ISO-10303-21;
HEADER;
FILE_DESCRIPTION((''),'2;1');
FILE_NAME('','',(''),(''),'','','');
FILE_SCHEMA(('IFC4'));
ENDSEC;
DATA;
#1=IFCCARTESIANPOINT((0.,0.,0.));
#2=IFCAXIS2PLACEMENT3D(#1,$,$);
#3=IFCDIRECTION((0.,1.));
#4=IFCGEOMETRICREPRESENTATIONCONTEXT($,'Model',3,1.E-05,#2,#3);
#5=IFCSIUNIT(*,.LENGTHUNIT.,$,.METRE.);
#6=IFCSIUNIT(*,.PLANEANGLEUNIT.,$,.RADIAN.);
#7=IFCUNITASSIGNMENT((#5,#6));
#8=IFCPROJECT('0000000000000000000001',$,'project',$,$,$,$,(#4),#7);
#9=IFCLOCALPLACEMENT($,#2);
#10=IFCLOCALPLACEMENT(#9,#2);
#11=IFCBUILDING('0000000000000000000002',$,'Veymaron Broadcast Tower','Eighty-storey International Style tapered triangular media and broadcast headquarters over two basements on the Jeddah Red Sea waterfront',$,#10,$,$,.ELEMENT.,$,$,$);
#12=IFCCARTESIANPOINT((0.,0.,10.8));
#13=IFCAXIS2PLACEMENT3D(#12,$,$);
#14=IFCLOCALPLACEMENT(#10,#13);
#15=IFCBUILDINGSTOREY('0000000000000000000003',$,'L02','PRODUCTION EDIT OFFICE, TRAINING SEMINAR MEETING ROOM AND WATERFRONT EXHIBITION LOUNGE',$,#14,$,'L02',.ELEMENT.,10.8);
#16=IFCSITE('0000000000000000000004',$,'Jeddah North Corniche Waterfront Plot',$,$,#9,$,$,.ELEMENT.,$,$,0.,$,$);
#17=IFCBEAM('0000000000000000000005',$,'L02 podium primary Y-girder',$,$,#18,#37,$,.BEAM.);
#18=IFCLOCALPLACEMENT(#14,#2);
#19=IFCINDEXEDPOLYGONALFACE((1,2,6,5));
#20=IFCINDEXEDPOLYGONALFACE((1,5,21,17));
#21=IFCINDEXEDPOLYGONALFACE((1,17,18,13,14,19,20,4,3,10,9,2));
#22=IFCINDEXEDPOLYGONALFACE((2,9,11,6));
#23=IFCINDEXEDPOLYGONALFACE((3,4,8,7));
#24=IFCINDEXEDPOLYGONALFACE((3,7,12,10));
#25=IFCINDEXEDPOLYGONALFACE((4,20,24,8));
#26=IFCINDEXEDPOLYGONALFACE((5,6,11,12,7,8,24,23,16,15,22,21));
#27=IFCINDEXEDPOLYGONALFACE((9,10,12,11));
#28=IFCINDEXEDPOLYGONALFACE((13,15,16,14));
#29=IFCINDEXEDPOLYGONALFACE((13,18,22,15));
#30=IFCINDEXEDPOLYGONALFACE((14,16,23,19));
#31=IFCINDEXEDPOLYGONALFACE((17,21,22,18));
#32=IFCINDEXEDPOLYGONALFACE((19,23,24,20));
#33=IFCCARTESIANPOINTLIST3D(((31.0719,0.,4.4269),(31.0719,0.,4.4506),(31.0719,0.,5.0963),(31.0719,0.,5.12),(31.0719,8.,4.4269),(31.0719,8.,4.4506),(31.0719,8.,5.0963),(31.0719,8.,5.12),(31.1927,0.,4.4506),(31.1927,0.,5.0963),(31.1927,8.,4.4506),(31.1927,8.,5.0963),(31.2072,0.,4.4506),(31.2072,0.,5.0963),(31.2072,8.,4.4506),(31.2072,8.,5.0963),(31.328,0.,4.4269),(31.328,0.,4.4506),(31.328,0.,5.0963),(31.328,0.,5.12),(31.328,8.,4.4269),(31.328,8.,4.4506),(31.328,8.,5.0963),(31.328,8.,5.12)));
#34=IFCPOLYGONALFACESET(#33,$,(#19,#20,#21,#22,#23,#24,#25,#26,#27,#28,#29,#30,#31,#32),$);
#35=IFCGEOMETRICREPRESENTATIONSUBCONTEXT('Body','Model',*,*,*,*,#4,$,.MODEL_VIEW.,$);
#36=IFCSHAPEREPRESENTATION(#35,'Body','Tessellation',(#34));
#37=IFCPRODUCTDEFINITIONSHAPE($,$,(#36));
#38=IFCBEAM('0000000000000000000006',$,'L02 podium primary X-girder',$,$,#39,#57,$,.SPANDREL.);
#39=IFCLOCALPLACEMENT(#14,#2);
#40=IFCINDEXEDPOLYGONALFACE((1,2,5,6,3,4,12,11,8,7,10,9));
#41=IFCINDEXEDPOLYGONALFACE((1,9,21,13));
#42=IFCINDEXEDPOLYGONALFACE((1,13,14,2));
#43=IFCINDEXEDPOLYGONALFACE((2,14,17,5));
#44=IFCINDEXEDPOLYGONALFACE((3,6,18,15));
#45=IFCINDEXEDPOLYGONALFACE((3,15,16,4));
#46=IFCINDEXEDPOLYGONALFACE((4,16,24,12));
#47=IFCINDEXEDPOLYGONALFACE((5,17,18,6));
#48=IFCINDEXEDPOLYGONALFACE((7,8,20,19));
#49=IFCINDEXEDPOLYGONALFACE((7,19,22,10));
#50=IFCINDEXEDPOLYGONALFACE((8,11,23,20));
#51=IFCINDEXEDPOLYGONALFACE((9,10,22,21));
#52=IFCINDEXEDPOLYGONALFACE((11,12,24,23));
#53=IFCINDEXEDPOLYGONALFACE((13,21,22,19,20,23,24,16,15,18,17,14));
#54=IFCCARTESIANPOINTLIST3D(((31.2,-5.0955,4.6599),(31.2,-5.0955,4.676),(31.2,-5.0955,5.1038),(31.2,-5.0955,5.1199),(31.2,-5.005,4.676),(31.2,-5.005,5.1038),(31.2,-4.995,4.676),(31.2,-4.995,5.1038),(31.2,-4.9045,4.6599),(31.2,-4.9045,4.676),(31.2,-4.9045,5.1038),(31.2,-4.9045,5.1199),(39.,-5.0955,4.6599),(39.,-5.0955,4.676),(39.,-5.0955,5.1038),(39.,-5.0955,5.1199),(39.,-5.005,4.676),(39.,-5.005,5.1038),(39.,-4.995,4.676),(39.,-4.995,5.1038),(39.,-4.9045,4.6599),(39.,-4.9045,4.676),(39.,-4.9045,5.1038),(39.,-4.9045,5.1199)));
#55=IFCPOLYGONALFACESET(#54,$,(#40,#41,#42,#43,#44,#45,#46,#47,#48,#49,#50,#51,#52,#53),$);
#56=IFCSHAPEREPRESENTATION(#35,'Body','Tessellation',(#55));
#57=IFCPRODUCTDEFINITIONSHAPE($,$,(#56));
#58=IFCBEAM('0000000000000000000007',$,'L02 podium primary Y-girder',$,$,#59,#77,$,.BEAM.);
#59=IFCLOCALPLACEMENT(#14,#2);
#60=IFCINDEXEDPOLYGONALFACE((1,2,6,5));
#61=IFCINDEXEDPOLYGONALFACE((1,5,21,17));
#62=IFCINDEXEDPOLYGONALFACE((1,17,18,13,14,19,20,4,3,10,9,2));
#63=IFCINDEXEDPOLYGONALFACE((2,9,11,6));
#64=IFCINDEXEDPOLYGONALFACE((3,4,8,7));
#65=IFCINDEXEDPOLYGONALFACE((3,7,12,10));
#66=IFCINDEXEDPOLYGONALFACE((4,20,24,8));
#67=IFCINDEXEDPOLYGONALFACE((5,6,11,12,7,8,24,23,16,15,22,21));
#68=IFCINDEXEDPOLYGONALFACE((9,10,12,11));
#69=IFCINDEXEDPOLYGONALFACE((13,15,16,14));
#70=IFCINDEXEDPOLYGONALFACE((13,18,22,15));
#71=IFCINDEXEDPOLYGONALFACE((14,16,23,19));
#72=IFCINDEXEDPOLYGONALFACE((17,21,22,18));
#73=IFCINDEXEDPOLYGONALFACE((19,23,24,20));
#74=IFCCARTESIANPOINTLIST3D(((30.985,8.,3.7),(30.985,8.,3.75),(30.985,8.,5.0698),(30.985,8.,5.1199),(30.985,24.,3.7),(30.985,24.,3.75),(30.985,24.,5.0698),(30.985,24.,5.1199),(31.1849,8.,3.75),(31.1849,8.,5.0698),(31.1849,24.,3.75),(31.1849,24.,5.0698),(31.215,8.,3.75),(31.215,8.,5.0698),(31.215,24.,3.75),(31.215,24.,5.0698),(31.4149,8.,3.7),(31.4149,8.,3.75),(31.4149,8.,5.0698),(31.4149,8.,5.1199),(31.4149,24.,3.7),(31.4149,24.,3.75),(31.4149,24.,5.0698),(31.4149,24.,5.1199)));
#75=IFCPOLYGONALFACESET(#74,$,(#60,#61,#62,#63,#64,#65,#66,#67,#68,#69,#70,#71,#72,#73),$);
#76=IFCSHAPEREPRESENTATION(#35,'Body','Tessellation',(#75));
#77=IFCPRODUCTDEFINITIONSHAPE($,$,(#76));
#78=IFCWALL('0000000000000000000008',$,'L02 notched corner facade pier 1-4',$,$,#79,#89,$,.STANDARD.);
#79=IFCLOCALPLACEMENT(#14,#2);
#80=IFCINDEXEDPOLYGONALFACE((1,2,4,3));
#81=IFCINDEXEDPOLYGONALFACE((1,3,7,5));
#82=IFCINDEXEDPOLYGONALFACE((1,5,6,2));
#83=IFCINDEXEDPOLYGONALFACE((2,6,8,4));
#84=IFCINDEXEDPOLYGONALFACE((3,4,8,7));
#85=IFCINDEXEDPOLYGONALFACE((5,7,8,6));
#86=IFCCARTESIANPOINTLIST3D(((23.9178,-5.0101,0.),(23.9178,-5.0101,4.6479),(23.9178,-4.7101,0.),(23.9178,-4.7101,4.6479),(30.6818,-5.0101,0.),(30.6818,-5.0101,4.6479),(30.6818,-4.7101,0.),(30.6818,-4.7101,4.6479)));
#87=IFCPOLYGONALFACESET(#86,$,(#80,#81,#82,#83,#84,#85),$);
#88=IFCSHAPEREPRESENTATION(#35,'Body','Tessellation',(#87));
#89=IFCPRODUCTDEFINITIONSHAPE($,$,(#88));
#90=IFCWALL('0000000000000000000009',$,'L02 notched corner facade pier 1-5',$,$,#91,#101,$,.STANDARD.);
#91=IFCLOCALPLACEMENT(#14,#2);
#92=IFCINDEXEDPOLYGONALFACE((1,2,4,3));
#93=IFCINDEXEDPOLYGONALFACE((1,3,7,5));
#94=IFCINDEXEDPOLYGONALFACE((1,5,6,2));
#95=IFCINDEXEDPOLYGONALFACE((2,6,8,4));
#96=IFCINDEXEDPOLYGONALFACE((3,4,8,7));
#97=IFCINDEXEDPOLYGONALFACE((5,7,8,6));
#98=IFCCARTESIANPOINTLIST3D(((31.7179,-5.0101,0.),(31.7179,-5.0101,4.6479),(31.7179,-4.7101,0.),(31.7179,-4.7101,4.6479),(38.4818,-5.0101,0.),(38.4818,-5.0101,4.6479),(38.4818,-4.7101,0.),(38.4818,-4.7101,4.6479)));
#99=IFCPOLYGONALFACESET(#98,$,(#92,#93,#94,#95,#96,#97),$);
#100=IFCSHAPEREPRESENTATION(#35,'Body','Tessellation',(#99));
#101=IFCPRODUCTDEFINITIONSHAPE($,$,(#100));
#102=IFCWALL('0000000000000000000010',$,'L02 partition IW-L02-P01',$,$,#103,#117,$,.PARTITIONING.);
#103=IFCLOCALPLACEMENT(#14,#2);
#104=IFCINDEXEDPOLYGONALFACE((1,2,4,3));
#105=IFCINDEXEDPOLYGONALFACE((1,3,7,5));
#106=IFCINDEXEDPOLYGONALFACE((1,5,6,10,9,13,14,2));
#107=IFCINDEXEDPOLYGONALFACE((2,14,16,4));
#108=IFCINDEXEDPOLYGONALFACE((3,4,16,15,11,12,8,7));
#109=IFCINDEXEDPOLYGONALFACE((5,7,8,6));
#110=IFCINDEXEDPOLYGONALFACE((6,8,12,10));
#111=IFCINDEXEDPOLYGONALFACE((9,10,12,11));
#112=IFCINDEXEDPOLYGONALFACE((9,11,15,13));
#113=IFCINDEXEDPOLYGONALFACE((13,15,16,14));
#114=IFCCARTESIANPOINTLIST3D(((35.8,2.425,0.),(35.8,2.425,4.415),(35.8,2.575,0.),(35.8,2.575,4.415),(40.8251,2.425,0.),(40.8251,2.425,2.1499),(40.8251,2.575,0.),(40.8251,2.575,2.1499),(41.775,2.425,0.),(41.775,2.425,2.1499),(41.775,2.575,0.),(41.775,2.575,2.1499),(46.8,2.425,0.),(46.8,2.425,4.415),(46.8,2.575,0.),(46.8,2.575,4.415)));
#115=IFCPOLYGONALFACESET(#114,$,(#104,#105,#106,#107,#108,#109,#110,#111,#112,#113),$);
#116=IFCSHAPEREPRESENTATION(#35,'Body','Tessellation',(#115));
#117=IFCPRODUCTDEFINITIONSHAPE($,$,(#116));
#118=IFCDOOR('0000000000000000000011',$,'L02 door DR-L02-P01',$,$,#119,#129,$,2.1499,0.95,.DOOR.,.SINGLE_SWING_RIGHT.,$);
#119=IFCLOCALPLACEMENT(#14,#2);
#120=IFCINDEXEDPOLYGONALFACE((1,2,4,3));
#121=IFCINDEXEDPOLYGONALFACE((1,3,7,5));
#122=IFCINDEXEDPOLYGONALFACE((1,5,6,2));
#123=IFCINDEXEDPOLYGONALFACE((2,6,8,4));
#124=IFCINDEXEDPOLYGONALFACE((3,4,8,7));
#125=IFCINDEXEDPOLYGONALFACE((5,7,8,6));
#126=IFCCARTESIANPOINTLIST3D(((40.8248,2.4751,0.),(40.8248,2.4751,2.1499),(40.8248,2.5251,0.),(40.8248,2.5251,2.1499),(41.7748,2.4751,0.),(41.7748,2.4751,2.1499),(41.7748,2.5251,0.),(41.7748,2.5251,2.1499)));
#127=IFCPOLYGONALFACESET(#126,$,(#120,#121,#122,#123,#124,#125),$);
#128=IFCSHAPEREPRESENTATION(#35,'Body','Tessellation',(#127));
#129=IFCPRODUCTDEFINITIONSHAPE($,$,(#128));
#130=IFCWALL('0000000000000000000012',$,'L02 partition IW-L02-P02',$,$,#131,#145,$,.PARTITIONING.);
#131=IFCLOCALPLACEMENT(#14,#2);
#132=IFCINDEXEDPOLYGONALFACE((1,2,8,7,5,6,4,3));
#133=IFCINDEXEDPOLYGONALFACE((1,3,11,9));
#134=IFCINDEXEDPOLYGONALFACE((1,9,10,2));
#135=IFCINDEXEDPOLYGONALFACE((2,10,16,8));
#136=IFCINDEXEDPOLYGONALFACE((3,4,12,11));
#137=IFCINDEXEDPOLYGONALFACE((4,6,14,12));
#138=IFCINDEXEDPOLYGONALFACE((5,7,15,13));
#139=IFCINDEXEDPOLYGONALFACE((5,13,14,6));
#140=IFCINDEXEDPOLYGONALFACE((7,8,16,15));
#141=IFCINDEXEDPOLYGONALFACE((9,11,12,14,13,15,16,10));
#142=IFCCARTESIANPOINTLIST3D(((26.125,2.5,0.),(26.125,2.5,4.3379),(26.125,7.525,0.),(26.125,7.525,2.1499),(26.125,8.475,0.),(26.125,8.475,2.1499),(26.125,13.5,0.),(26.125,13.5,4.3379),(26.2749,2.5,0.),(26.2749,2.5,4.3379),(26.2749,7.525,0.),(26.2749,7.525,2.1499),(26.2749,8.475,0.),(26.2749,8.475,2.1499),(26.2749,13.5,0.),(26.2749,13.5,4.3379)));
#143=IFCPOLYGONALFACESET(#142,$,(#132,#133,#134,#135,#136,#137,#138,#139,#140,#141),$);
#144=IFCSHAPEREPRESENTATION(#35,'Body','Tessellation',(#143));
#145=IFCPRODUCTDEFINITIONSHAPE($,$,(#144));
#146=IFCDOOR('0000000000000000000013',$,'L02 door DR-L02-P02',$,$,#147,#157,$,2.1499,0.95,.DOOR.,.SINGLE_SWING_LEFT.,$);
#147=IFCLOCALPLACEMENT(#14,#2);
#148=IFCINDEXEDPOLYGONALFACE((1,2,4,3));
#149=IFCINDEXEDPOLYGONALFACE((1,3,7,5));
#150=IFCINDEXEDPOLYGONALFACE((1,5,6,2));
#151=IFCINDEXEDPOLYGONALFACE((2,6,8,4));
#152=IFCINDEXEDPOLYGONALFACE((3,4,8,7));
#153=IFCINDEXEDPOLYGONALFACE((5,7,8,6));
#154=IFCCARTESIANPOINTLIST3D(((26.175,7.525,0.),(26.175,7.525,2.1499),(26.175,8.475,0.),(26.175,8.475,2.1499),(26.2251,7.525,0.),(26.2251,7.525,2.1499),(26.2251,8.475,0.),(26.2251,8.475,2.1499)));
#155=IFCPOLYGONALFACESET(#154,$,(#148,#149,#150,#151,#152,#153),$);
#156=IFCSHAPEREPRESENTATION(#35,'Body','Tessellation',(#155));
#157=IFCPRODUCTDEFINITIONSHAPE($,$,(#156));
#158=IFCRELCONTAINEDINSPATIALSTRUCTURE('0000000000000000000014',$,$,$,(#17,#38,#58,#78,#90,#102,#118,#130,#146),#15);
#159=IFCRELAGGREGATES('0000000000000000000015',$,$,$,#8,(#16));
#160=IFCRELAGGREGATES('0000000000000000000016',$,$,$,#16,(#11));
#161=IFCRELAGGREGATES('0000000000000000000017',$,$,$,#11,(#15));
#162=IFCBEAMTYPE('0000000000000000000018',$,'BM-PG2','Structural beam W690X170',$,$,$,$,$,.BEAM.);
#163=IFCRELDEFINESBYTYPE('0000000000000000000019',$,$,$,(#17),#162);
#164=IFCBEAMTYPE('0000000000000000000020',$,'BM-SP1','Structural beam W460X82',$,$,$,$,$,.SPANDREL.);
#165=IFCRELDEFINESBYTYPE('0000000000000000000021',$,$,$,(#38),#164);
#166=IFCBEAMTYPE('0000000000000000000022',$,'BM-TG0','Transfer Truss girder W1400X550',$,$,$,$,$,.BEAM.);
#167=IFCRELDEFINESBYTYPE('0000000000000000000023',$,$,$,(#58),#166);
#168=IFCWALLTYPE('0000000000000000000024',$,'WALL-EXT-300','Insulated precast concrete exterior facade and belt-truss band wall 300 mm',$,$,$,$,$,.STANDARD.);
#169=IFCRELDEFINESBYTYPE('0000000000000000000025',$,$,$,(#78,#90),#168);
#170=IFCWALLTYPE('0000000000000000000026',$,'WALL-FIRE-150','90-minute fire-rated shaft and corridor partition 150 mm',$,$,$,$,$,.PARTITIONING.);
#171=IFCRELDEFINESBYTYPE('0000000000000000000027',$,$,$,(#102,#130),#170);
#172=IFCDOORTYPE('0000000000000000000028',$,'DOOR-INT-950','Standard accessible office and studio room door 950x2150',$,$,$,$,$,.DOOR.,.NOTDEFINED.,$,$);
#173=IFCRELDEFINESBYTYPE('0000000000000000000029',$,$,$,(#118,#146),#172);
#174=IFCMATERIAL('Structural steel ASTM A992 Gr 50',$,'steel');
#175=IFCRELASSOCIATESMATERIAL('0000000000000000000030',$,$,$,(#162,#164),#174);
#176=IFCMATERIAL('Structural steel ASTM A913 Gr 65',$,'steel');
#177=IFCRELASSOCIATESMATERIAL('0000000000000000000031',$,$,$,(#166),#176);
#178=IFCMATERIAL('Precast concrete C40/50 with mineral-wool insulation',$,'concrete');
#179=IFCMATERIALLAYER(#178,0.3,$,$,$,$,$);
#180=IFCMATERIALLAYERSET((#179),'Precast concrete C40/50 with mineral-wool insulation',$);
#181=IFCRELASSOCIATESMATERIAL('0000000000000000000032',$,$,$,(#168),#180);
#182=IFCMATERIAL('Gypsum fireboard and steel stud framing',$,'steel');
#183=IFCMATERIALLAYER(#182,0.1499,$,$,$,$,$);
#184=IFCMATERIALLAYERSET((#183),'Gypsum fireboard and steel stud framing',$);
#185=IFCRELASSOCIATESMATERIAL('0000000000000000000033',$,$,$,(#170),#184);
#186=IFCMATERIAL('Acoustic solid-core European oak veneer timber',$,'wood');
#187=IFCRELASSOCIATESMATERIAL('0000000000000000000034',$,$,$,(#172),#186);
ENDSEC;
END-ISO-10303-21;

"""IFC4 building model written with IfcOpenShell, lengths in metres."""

from ifc_helpers import new_model, si_unit, direction, frame, frame_2d, origin, origin_2d, place, context, subcontext, project, spatial, rectangle, i_section, extrude, material, layer, layer_set, material_profile, profile_set, type_object, element, fill, save


model = new_model("IFC4")

# Units and contexts
model_context = context("Model", 3, precision=1e-05, world=origin(), true_north=direction((0.0, 1.0)))
body_context = subcontext(model_context, "Body", "Model", "MODEL_VIEW")
ifc_project = project(units=[si_unit("LENGTHUNIT", "METRE"), si_unit("PLANEANGLEUNIT", "RADIAN")], contexts=[model_context])

# Site, building, storey
site_placement = place(None, origin())
site = spatial("IfcSite", under=ifc_project, at=site_placement, Name="Jeddah North Corniche Waterfront Plot", CompositionType="ELEMENT", RefElevation=0.0)
building_placement = place(site_placement, origin())
building = spatial("IfcBuilding", under=site, at=building_placement, Name="Veymaron Broadcast Tower", Description="Eighty-storey International Style tapered triangular media and broadcast headquarters over two basements on the Jeddah Red Sea waterfront", CompositionType="ELEMENT")
storey_placement = place(building_placement, frame((0.0, 0.0, 10.8)))
storey = spatial("IfcBuildingStorey", under=building, at=storey_placement, Name="L02", Description="PRODUCTION EDIT OFFICE, TRAINING SEMINAR MEETING ROOM AND WATERFRONT EXHIBITION LOUNGE", LongName="L02", CompositionType="ELEMENT", Elevation=10.8)

# Shared definitions
ifc_material_1 = material(Name="Structural steel ASTM A913 Gr 65", Category="steel")

# Beams
ifc_material_2 = material(Name="Structural steel ASTM A992 Gr 50", Category="steel")
ifc_material_profile_1 = material_profile(ifc_material_2, i_section(OverallWidth=0.2561, OverallDepth=0.6931, WebThickness=0.0144, FlangeThickness=0.0237, at=origin_2d()), Name="W690X170")
ifc_profile_set_1 = profile_set([ifc_material_profile_1], Name="Structural steel ASTM A992 Gr 50")
beam_type_1 = type_object("IfcBeamType", Name="BM-PG2", Description="Structural beam W690X170", PredefinedType="BEAM", material=ifc_profile_set_1)
beam_1_placement = place(storey_placement, frame((31.2, 0.0, 4.7734), z_axis=(0.0, 1.0, 0.0), x_axis=(-1.0, 0.0, 0.0)))
element("IfcBeam", 1, at=beam_1_placement, inside=storey, type_object=beam_type_1, Name="L02 podium primary Y-girder", PredefinedType="BEAM", context=body_context, shape_type="SweptSolid", body=[
    extrude(i_section(OverallWidth=0.2561, OverallDepth=0.6931, WebThickness=0.0144, FlangeThickness=0.0237, at=origin_2d()), origin(), (0.0, 0.0, 1.0), 8.0),
])
ifc_material_profile_2 = material_profile(ifc_material_2, i_section(OverallWidth=0.1909, OverallDepth=0.46, WebThickness=0.01, FlangeThickness=0.0161, at=origin_2d()), Name="W460X82")
ifc_profile_set_2 = profile_set([ifc_material_profile_2], Name="Structural steel ASTM A992 Gr 50")
beam_type_2 = type_object("IfcBeamType", Name="BM-SP1", Description="Structural beam W460X82", PredefinedType="SPANDREL", material=ifc_profile_set_2)
beam_2_placement = place(storey_placement, frame((31.2, -5.0, 4.8899), z_axis=(1.0, 0.0, 0.0), x_axis=(0.0, 1.0, 0.0)))
element("IfcBeam", 2, at=beam_2_placement, inside=storey, type_object=beam_type_2, Name="L02 podium primary X-girder", PredefinedType="SPANDREL", context=body_context, shape_type="SweptSolid", body=[
    extrude(i_section(OverallWidth=0.1909, OverallDepth=0.46, WebThickness=0.01, FlangeThickness=0.0161, at=origin_2d()), origin(), (0.0, 0.0, 1.0), 7.8),
])
ifc_material_profile_3 = material_profile(ifc_material_1, i_section(OverallWidth=0.4299, OverallDepth=1.4199, WebThickness=0.03, FlangeThickness=0.05, at=origin_2d()), Name="W1400X550")
ifc_profile_set_3 = profile_set([ifc_material_profile_3], Name="Structural steel ASTM A913 Gr 65")
beam_type_3 = type_object("IfcBeamType", Name="BM-TG0", Description="Transfer Truss girder W1400X550", PredefinedType="BEAM", material=ifc_profile_set_3)
beam_3_placement = place(storey_placement, frame((31.2, 8.0, 4.4099), z_axis=(0.0, 1.0, 0.0), x_axis=(-1.0, 0.0, 0.0)))
element("IfcBeam", 3, at=beam_3_placement, inside=storey, type_object=beam_type_3, Name="L02 podium primary Y-girder", PredefinedType="BEAM", context=body_context, shape_type="SweptSolid", body=[
    extrude(i_section(OverallWidth=0.4299, OverallDepth=1.4199, WebThickness=0.03, FlangeThickness=0.05, at=origin_2d()), origin(), (0.0, 0.0, 1.0), 16.0),
])

# Walls
ifc_material_3 = material(Name="Precast concrete C40/50 with mineral-wool insulation", Category="concrete")
ifc_layer_1 = layer(ifc_material_3, 0.3)
ifc_layer_set_1 = layer_set([ifc_layer_1], Name="Precast concrete C40/50 with mineral-wool insulation")
wall_type_1 = type_object("IfcWallType", Name="WALL-EXT-300", Description="Insulated precast concrete exterior facade and belt-truss band wall 300 mm", PredefinedType="STANDARD", material=ifc_layer_set_1)
for number, where, z_axis, x_axis, name in (
    (4, (23.918, -4.8601, 0.0), (0.0, 0.0, 1.0), (1.0, 0.0, 0.0), "L02 notched corner facade pier 1-4"),
    (5, (31.718, -4.8601, 0.0), (0.0, 0.0, 1.0), (1.0, 0.0, 0.0), "L02 notched corner facade pier 1-5"),
):
    element("IfcWall", number, at=place(storey_placement, frame(where, z_axis=z_axis, x_axis=x_axis)), inside=storey, type_object=wall_type_1, Name=name, PredefinedType="STANDARD", context=body_context, shape_type="SweptSolid", body=[
        extrude(rectangle(XDim=6.7639, YDim=0.3, at=frame_2d((3.3818, 0.0))), origin(), (0.0, 0.0, 1.0), 4.6479),
    ])

# Walls, openings, doors
ifc_material_4 = material(Name="Gypsum fireboard and steel stud framing", Category="steel")
ifc_layer_2 = layer(ifc_material_4, 0.1499)
ifc_layer_set_2 = layer_set([ifc_layer_2], Name="Gypsum fireboard and steel stud framing")
wall_type_2 = type_object("IfcWallType", Name="WALL-FIRE-150", Description="90-minute fire-rated shaft and corridor partition 150 mm", PredefinedType="PARTITIONING", material=ifc_layer_set_2)
wall_1_placement = place(storey_placement, frame((35.8, 2.5, 0.0), z_axis=(0.0, 0.0, 1.0), x_axis=(1.0, 0.0, 0.0)))
wall_1 = element("IfcWall", 6, at=wall_1_placement, inside=storey, type_object=wall_type_2, Name="L02 partition IW-L02-P01", PredefinedType="PARTITIONING", context=body_context, shape_type="SweptSolid", body=[
    extrude(rectangle(XDim=11.0, YDim=0.1499, at=frame_2d((5.5, 0.0))), origin(), (0.0, 0.0, 1.0), 4.415),
])
opening_1_placement = place(wall_1_placement, frame((5.0249, 0.0, 0.0)))
opening_1 = element("IfcOpeningElement", 7, at=opening_1_placement, cuts=wall_1, PredefinedType="OPENING", context=body_context, shape_type="SweptSolid", body=[
    extrude(rectangle(XDim=0.95, YDim=2.1499, at=frame_2d((0.4751, 1.075))), frame((0.0, 0.085, 0.0), z_axis=(0.0, -1.0, 0.0), x_axis=(1.0, 0.0, 0.0)), (0.0, 0.0, 1.0), 0.1699),
])
ifc_material_5 = material(Name="Acoustic solid-core European oak veneer timber", Category="wood")
door_type = type_object("IfcDoorType", Name="DOOR-INT-950", Description="Standard accessible office and studio room door 950x2150", OperationType="NOTDEFINED", PredefinedType="DOOR", material=ifc_material_5)
door_1_placement = place(opening_1_placement, frame((0.95, 0.0, 0.0), z_axis=(0.0, 0.0, 1.0), x_axis=(-1.0, 0.0, 0.0)))
door_1 = element("IfcDoor", 8, at=door_1_placement, inside=storey, type_object=door_type, Name="L02 door DR-L02-P01", OperationType="SINGLE_SWING_RIGHT", OverallHeight=2.1499, OverallWidth=0.95, PredefinedType="DOOR", context=body_context, shape_type="SweptSolid", body=[
    extrude(rectangle(XDim=0.95, YDim=2.1499, at=frame_2d((0.4751, 1.075))), frame((0.0, 0.0249, 0.0), z_axis=(0.0, -1.0, 0.0), x_axis=(1.0, 0.0, 0.0)), (0.0, 0.0, 1.0), 0.05),
])
fill(opening_1, door_1)
wall_2_placement = place(storey_placement, frame((26.2, 2.5, 0.0), z_axis=(0.0, 0.0, 1.0), x_axis=(0.0, 1.0, 0.0)))
wall_2 = element("IfcWall", 9, at=wall_2_placement, inside=storey, type_object=wall_type_2, Name="L02 partition IW-L02-P02", PredefinedType="PARTITIONING", context=body_context, shape_type="SweptSolid", body=[
    extrude(rectangle(XDim=11.0, YDim=0.1499, at=frame_2d((5.5, 0.0))), origin(), (0.0, 0.0, 1.0), 4.3379),
])
opening_2_placement = place(wall_2_placement, frame((5.0249, 0.0, 0.0)))
opening_2 = element("IfcOpeningElement", 10, at=opening_2_placement, cuts=wall_2, PredefinedType="OPENING", context=body_context, shape_type="SweptSolid", body=[
    extrude(rectangle(XDim=0.95, YDim=2.1499, at=frame_2d((0.4751, 1.075))), frame((0.0, 0.085, 0.0), z_axis=(0.0, -1.0, 0.0), x_axis=(1.0, 0.0, 0.0)), (0.0, 0.0, 1.0), 0.1699),
])
door_2_placement = place(opening_2_placement, origin())
door_2 = element("IfcDoor", 11, at=door_2_placement, inside=storey, type_object=door_type, Name="L02 door DR-L02-P02", OperationType="SINGLE_SWING_LEFT", OverallHeight=2.1499, OverallWidth=0.95, PredefinedType="DOOR", context=body_context, shape_type="SweptSolid", body=[
    extrude(rectangle(XDim=0.95, YDim=2.1499, at=frame_2d((0.4751, 1.075))), frame((0.0, 0.0249, 0.0), z_axis=(0.0, -1.0, 0.0), x_axis=(1.0, 0.0, 0.0)), (0.0, 0.0, 1.0), 0.05),
])
fill(opening_2, door_2)

save(model, "model.ifc")
